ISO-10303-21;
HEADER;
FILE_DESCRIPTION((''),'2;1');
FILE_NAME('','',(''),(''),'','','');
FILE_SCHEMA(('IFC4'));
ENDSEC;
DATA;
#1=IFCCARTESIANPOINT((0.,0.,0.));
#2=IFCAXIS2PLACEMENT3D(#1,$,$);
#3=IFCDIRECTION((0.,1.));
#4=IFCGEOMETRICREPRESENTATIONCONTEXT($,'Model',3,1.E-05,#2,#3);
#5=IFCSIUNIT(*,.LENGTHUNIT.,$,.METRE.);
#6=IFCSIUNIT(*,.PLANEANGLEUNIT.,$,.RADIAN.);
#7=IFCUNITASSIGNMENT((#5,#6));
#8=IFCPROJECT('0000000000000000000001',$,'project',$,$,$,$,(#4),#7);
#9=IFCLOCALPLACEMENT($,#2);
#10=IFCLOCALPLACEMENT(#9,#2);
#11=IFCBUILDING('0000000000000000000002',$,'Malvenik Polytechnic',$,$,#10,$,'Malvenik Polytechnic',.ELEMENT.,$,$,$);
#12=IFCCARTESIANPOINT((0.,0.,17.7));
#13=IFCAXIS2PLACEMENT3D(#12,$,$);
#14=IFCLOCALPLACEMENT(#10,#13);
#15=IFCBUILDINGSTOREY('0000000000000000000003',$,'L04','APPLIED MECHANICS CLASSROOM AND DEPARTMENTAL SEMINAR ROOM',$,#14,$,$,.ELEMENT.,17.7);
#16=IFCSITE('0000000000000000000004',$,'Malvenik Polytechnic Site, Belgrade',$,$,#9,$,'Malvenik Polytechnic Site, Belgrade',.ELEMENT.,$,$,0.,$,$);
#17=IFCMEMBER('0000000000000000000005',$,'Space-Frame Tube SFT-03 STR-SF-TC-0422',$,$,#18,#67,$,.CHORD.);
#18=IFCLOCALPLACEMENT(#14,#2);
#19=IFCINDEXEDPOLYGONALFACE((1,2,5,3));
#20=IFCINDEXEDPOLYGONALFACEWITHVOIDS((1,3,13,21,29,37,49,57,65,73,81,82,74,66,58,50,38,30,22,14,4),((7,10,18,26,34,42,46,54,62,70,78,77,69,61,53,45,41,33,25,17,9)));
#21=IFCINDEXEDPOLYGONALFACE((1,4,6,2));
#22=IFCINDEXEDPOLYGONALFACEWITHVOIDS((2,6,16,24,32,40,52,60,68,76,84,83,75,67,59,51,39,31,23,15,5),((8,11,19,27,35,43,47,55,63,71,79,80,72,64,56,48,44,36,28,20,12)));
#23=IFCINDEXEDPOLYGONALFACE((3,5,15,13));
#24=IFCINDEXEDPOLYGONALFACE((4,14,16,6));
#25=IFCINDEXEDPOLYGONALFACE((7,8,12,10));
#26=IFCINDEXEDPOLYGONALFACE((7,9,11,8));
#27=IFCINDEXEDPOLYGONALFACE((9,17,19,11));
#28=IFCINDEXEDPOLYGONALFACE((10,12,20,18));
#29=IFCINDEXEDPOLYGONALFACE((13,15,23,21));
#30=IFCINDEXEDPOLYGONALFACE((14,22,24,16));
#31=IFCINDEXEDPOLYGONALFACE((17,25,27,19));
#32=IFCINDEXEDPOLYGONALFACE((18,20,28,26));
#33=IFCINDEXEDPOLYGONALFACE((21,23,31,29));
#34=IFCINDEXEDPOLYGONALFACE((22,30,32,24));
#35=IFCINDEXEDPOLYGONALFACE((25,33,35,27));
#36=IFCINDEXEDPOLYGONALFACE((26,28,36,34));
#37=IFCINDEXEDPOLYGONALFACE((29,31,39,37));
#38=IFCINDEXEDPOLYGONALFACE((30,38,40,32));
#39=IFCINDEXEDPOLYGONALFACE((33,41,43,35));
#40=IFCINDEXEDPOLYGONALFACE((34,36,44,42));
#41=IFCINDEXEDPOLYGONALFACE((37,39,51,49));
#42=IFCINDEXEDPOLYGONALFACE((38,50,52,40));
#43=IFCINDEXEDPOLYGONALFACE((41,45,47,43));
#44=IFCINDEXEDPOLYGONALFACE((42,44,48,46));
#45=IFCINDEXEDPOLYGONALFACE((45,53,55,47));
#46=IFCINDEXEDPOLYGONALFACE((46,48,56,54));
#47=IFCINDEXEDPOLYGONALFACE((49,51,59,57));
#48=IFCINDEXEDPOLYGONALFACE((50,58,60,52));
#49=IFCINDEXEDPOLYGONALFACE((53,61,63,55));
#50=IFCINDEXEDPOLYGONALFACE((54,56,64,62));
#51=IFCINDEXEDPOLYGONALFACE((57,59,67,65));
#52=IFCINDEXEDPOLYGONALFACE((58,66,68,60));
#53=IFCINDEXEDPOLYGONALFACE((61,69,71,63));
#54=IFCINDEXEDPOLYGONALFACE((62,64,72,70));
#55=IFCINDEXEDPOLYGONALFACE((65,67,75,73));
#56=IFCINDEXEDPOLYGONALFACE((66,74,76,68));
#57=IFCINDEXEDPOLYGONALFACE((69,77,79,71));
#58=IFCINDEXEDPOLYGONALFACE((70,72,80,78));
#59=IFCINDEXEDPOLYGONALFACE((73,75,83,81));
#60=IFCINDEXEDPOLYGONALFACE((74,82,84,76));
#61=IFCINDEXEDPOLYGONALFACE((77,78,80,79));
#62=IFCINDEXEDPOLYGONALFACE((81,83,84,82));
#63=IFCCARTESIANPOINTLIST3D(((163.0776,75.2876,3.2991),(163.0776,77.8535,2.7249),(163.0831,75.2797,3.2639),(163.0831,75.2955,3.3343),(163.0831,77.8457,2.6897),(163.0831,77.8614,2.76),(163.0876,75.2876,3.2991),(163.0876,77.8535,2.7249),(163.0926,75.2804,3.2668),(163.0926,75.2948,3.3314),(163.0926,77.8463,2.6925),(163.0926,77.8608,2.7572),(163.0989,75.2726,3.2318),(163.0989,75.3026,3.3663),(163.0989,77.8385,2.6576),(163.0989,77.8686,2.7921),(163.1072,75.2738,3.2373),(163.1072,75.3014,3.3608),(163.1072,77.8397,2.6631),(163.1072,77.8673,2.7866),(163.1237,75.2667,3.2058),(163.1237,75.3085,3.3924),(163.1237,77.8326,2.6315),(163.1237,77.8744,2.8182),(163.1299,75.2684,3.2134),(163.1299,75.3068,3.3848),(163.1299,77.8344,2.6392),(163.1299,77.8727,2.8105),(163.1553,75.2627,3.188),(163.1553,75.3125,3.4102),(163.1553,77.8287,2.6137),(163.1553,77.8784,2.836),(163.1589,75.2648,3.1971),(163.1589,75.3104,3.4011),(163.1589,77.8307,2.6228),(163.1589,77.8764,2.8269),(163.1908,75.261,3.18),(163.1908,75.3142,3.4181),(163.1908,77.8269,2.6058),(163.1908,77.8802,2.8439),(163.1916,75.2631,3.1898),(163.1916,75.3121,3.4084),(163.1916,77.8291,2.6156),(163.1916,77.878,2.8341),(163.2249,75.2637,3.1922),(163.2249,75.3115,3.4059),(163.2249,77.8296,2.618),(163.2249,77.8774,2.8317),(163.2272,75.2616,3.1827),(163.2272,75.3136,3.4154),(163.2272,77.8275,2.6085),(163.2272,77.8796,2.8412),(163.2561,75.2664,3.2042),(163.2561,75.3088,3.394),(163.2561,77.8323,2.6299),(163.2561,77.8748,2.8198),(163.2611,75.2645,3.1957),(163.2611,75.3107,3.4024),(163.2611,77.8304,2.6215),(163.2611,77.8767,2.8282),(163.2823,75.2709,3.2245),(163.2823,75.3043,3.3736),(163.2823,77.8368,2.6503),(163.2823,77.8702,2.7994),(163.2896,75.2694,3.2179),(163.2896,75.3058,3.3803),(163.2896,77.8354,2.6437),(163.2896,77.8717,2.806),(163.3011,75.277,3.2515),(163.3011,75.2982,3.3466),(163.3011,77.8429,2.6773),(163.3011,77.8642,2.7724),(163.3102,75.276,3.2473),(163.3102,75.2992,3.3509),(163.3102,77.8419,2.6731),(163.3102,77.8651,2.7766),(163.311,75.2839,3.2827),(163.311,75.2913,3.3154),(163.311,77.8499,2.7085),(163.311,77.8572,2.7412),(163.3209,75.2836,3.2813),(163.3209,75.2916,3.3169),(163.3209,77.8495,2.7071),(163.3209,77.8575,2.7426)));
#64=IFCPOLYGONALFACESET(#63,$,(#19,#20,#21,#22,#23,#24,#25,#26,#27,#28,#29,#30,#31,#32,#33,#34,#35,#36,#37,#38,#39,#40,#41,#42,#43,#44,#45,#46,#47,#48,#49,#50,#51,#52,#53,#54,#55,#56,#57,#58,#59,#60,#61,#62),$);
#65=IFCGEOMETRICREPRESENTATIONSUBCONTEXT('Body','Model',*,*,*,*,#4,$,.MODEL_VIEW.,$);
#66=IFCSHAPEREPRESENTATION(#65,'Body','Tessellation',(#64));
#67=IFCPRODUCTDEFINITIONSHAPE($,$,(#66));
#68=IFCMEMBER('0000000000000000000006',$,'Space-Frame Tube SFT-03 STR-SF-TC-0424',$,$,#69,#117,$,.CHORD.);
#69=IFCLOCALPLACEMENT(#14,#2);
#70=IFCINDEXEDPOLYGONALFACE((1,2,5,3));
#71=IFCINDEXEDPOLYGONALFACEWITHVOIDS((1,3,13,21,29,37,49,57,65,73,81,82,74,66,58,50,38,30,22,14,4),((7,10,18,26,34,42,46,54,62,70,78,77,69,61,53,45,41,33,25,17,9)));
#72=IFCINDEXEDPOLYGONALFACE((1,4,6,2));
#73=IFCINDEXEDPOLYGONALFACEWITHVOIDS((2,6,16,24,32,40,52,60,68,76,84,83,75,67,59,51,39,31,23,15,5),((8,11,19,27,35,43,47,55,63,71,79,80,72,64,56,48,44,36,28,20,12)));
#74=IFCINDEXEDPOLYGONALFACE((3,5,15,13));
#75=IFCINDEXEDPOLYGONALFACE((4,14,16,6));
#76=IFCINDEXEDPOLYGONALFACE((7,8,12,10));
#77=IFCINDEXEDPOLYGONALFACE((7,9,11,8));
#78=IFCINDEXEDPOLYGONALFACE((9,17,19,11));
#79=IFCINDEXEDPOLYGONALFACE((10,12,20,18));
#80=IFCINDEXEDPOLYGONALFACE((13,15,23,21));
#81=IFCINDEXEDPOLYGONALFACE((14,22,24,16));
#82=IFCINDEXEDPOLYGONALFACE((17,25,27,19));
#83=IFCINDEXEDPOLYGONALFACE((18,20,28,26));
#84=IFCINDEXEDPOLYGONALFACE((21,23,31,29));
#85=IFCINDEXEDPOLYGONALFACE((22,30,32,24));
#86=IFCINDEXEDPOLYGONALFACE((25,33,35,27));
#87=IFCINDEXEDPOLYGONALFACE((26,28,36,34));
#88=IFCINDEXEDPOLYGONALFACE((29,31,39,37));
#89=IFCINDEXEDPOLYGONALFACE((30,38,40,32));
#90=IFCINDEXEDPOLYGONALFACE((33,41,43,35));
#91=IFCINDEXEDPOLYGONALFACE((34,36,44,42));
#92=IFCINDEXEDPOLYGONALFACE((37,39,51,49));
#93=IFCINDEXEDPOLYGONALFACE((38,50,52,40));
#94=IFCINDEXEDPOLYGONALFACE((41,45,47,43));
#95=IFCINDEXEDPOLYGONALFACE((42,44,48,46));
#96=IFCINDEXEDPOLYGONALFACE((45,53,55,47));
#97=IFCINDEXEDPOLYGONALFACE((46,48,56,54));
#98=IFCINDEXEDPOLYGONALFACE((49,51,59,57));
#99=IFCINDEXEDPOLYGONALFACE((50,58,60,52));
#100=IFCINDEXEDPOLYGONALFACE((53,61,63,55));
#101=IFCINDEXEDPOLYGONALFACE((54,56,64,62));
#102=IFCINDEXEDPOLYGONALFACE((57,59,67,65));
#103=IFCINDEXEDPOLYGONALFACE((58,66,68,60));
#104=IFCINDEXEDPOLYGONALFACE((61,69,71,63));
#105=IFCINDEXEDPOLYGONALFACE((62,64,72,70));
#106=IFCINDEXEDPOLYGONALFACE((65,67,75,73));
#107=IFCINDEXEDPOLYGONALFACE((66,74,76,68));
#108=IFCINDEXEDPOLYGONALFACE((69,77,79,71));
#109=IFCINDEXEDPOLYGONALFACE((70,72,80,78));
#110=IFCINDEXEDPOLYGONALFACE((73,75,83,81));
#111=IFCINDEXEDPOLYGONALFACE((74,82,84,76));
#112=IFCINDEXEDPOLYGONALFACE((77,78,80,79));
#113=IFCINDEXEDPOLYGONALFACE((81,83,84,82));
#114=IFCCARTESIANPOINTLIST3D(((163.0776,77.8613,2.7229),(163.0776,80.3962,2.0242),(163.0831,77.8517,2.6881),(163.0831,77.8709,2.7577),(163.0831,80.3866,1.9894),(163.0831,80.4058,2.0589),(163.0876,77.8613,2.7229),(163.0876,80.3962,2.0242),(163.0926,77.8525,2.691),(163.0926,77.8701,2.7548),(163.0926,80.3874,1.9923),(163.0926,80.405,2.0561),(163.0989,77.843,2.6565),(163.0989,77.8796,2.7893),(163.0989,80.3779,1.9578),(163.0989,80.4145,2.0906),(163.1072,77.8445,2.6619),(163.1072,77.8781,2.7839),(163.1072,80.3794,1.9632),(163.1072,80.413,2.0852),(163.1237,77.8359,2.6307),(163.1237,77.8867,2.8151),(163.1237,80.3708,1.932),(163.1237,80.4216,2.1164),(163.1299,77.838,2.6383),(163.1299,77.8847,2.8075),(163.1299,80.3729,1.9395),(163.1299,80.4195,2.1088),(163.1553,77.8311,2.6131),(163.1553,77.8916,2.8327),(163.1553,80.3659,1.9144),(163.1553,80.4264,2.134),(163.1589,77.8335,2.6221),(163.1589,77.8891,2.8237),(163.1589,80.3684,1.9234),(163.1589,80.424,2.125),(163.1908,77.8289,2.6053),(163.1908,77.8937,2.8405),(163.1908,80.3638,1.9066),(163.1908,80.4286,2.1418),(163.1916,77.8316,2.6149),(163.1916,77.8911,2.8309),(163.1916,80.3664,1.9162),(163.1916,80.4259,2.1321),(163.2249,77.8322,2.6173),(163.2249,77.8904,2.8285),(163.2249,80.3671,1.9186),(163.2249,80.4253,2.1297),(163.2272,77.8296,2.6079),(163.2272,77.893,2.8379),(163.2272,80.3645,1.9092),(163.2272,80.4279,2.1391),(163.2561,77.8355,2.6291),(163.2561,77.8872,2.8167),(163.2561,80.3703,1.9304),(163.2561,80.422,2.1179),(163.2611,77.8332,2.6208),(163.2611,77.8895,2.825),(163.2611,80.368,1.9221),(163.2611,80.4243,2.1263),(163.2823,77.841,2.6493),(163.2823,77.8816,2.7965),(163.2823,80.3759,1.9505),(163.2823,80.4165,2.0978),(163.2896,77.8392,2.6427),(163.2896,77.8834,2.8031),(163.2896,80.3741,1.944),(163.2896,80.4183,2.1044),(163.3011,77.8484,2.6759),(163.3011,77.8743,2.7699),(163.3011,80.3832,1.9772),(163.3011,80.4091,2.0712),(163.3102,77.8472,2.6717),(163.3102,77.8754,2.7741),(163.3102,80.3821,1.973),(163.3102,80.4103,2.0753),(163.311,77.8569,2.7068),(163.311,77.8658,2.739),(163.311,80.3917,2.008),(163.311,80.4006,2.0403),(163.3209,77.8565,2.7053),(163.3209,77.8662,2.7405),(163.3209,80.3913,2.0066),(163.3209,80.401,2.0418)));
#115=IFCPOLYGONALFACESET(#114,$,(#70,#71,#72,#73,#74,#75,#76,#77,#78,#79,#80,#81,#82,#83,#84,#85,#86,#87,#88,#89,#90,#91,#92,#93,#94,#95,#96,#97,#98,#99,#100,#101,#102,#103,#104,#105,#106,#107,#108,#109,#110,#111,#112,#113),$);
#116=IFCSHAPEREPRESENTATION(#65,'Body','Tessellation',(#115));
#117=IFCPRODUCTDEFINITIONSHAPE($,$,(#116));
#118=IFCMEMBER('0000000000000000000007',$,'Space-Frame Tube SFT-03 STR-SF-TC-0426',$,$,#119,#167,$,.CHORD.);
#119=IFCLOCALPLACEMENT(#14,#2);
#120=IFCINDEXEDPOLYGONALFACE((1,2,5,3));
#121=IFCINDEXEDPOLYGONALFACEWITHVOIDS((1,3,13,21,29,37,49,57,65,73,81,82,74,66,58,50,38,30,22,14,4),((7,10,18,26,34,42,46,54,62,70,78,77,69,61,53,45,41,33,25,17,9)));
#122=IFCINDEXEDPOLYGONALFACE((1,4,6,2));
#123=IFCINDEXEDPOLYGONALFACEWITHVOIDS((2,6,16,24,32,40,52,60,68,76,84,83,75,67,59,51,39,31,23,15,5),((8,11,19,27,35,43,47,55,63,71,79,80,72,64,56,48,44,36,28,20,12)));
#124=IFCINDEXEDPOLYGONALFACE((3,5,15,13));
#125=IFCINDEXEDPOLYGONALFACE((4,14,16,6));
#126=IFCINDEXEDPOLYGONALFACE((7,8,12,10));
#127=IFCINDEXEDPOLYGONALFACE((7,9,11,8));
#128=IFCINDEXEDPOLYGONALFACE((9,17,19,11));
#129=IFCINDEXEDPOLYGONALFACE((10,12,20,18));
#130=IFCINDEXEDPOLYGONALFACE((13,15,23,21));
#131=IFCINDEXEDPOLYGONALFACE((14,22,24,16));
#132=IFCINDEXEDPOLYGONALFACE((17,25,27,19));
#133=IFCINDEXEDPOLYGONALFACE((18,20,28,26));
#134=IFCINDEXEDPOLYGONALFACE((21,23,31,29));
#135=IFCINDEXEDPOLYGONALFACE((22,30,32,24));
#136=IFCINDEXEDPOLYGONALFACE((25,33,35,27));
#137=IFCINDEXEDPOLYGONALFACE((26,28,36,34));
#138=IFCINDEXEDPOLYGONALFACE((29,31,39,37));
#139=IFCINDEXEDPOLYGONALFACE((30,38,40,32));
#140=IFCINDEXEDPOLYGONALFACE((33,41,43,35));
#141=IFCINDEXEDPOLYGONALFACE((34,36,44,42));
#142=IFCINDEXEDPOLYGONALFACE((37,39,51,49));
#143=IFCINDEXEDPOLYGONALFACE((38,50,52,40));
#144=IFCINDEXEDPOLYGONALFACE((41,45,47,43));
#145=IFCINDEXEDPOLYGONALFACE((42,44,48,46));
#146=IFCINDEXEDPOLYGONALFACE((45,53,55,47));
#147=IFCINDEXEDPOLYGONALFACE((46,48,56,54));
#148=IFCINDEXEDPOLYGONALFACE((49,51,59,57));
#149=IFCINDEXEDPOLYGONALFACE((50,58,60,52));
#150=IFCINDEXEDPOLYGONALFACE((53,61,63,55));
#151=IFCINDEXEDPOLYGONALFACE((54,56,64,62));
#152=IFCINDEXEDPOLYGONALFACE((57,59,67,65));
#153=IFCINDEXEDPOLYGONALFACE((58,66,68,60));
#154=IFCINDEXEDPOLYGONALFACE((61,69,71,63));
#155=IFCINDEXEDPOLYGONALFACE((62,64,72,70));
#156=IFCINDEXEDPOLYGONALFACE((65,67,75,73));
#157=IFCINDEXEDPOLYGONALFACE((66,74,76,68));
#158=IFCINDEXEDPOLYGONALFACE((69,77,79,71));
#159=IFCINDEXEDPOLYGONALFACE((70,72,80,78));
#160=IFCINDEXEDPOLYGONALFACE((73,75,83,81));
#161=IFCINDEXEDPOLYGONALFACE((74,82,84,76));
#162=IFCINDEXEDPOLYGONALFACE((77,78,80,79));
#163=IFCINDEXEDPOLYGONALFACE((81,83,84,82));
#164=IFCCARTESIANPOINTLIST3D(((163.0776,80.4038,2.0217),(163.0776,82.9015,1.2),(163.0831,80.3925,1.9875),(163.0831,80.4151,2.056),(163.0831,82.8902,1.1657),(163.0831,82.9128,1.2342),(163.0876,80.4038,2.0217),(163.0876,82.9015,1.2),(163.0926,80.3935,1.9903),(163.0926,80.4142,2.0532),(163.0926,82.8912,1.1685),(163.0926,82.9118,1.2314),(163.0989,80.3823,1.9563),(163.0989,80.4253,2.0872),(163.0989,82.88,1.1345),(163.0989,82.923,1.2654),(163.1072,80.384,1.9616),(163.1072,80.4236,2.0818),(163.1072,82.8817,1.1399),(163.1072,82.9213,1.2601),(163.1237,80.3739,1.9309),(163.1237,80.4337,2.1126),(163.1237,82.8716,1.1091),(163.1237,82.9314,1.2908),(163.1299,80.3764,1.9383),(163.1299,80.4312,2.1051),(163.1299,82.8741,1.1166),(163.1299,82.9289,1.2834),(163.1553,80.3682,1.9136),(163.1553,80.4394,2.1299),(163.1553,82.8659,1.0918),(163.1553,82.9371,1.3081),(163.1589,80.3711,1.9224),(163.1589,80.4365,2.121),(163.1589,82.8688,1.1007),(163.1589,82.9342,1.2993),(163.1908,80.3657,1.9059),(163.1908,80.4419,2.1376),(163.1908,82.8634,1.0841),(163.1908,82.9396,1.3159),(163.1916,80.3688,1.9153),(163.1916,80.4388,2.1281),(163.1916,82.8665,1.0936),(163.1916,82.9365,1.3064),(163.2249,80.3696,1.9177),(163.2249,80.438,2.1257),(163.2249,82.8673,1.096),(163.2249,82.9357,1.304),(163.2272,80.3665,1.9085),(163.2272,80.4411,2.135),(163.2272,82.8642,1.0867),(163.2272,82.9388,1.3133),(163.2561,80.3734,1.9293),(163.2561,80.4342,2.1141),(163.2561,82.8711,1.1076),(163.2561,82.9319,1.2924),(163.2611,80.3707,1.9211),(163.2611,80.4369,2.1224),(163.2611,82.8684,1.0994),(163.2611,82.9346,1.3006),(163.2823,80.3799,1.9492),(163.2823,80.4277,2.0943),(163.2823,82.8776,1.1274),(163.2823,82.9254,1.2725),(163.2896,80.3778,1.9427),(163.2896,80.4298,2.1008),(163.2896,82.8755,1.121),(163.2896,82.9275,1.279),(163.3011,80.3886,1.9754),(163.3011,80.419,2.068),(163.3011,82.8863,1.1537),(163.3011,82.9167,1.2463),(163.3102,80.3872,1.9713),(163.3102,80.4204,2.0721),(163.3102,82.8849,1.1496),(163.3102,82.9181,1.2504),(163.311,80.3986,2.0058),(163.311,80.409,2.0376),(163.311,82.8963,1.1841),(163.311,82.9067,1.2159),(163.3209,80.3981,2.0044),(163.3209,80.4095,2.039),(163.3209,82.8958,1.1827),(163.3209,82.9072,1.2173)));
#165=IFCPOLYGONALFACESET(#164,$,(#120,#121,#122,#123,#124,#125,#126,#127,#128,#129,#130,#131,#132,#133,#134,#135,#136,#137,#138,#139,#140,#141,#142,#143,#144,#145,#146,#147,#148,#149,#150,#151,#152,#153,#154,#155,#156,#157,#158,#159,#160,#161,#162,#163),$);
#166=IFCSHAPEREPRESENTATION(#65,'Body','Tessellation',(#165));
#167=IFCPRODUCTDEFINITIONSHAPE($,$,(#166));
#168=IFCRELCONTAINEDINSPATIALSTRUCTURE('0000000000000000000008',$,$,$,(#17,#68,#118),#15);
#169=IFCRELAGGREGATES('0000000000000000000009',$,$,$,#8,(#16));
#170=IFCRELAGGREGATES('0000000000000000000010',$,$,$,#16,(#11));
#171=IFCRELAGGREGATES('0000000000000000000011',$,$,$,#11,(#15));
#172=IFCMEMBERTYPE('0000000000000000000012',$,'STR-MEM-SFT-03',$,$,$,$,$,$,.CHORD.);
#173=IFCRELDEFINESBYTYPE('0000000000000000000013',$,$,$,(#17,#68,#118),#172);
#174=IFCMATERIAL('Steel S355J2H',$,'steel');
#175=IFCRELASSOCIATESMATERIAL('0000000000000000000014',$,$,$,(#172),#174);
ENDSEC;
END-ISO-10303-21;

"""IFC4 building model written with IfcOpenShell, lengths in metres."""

from ifc_helpers import new_model, si_unit, direction, frame, origin, origin_2d, place, context, subcontext, project, spatial, hollow_circle, extrude, material, material_profile, profile_set, type_object, element, save


model = new_model("IFC4")

# Units and contexts
model_context = context("Model", 3, precision=1e-05, world=origin(), true_north=direction((0.0, 1.0)))
body_context = subcontext(model_context, "Body", "Model", "MODEL_VIEW")
ifc_project = project(units=[si_unit("LENGTHUNIT", "METRE"), si_unit("PLANEANGLEUNIT", "RADIAN")], contexts=[model_context])

# Site, building, storey
site_placement = place(None, origin())
site = spatial("IfcSite", under=ifc_project, at=site_placement, Name="Malvenik Polytechnic Site, Belgrade", LongName="Malvenik Polytechnic Site, Belgrade", CompositionType="ELEMENT", RefElevation=0.0)
building_placement = place(site_placement, origin())
building = spatial("IfcBuilding", under=site, at=building_placement, Name="Malvenik Polytechnic", LongName="Malvenik Polytechnic", CompositionType="ELEMENT")
storey_placement = place(building_placement, frame((0.0, 0.0, 17.7)))
storey = spatial("IfcBuildingStorey", under=building, at=storey_placement, Name="L04", Description="APPLIED MECHANICS CLASSROOM AND DEPARTMENTAL SEMINAR ROOM", CompositionType="ELEMENT", Elevation=17.7)

# Members
ifc_material = material(Name="Steel S355J2H", Category="steel")
ifc_material_profile_1 = material_profile(ifc_material, hollow_circle(Radius=0.1223, WallThickness=0.01, at=origin_2d()), Name="CHS 244.5x10.0")
ifc_profile_set_1 = profile_set([ifc_material_profile_1], Name="Steel S355J2H")
member_type_1 = type_object("IfcMemberType", Name="STR-MEM-SFT-03", PredefinedType="CHORD", material=ifc_profile_set_1)
for number, where, z_axis, x_axis, name in (
    (1, (163.2, 75.2876, 3.2991), (0.0, 0.975863, -0.218385), (-1.0, 0.0, 0.0), "Space-Frame Tube SFT-03 STR-SF-TC-0422"),
    (2, (163.2, 77.8613, 2.7229), (0.0, 0.964047, -0.265733), (-1.0, 0.0, 0.0), "Space-Frame Tube SFT-03 STR-SF-TC-0424"),
    (3, (163.2, 80.4038, 2.0217), (0.0, 0.949911, -0.312521), (-1.0, 0.0, 0.0), "Space-Frame Tube SFT-03 STR-SF-TC-0426"),
):
    element("IfcMember", number, at=place(storey_placement, frame(where, z_axis=z_axis, x_axis=x_axis)), inside=storey, type_object=member_type_1, Name=name, PredefinedType="CHORD", context=body_context, shape_type="SweptSolid", body=[
        extrude(hollow_circle(Radius=0.1223, WallThickness=0.01, at=origin_2d()), origin(), (0.0, 0.0, 1.0), 2.6294),
    ])

save(model, "model.ifc")
